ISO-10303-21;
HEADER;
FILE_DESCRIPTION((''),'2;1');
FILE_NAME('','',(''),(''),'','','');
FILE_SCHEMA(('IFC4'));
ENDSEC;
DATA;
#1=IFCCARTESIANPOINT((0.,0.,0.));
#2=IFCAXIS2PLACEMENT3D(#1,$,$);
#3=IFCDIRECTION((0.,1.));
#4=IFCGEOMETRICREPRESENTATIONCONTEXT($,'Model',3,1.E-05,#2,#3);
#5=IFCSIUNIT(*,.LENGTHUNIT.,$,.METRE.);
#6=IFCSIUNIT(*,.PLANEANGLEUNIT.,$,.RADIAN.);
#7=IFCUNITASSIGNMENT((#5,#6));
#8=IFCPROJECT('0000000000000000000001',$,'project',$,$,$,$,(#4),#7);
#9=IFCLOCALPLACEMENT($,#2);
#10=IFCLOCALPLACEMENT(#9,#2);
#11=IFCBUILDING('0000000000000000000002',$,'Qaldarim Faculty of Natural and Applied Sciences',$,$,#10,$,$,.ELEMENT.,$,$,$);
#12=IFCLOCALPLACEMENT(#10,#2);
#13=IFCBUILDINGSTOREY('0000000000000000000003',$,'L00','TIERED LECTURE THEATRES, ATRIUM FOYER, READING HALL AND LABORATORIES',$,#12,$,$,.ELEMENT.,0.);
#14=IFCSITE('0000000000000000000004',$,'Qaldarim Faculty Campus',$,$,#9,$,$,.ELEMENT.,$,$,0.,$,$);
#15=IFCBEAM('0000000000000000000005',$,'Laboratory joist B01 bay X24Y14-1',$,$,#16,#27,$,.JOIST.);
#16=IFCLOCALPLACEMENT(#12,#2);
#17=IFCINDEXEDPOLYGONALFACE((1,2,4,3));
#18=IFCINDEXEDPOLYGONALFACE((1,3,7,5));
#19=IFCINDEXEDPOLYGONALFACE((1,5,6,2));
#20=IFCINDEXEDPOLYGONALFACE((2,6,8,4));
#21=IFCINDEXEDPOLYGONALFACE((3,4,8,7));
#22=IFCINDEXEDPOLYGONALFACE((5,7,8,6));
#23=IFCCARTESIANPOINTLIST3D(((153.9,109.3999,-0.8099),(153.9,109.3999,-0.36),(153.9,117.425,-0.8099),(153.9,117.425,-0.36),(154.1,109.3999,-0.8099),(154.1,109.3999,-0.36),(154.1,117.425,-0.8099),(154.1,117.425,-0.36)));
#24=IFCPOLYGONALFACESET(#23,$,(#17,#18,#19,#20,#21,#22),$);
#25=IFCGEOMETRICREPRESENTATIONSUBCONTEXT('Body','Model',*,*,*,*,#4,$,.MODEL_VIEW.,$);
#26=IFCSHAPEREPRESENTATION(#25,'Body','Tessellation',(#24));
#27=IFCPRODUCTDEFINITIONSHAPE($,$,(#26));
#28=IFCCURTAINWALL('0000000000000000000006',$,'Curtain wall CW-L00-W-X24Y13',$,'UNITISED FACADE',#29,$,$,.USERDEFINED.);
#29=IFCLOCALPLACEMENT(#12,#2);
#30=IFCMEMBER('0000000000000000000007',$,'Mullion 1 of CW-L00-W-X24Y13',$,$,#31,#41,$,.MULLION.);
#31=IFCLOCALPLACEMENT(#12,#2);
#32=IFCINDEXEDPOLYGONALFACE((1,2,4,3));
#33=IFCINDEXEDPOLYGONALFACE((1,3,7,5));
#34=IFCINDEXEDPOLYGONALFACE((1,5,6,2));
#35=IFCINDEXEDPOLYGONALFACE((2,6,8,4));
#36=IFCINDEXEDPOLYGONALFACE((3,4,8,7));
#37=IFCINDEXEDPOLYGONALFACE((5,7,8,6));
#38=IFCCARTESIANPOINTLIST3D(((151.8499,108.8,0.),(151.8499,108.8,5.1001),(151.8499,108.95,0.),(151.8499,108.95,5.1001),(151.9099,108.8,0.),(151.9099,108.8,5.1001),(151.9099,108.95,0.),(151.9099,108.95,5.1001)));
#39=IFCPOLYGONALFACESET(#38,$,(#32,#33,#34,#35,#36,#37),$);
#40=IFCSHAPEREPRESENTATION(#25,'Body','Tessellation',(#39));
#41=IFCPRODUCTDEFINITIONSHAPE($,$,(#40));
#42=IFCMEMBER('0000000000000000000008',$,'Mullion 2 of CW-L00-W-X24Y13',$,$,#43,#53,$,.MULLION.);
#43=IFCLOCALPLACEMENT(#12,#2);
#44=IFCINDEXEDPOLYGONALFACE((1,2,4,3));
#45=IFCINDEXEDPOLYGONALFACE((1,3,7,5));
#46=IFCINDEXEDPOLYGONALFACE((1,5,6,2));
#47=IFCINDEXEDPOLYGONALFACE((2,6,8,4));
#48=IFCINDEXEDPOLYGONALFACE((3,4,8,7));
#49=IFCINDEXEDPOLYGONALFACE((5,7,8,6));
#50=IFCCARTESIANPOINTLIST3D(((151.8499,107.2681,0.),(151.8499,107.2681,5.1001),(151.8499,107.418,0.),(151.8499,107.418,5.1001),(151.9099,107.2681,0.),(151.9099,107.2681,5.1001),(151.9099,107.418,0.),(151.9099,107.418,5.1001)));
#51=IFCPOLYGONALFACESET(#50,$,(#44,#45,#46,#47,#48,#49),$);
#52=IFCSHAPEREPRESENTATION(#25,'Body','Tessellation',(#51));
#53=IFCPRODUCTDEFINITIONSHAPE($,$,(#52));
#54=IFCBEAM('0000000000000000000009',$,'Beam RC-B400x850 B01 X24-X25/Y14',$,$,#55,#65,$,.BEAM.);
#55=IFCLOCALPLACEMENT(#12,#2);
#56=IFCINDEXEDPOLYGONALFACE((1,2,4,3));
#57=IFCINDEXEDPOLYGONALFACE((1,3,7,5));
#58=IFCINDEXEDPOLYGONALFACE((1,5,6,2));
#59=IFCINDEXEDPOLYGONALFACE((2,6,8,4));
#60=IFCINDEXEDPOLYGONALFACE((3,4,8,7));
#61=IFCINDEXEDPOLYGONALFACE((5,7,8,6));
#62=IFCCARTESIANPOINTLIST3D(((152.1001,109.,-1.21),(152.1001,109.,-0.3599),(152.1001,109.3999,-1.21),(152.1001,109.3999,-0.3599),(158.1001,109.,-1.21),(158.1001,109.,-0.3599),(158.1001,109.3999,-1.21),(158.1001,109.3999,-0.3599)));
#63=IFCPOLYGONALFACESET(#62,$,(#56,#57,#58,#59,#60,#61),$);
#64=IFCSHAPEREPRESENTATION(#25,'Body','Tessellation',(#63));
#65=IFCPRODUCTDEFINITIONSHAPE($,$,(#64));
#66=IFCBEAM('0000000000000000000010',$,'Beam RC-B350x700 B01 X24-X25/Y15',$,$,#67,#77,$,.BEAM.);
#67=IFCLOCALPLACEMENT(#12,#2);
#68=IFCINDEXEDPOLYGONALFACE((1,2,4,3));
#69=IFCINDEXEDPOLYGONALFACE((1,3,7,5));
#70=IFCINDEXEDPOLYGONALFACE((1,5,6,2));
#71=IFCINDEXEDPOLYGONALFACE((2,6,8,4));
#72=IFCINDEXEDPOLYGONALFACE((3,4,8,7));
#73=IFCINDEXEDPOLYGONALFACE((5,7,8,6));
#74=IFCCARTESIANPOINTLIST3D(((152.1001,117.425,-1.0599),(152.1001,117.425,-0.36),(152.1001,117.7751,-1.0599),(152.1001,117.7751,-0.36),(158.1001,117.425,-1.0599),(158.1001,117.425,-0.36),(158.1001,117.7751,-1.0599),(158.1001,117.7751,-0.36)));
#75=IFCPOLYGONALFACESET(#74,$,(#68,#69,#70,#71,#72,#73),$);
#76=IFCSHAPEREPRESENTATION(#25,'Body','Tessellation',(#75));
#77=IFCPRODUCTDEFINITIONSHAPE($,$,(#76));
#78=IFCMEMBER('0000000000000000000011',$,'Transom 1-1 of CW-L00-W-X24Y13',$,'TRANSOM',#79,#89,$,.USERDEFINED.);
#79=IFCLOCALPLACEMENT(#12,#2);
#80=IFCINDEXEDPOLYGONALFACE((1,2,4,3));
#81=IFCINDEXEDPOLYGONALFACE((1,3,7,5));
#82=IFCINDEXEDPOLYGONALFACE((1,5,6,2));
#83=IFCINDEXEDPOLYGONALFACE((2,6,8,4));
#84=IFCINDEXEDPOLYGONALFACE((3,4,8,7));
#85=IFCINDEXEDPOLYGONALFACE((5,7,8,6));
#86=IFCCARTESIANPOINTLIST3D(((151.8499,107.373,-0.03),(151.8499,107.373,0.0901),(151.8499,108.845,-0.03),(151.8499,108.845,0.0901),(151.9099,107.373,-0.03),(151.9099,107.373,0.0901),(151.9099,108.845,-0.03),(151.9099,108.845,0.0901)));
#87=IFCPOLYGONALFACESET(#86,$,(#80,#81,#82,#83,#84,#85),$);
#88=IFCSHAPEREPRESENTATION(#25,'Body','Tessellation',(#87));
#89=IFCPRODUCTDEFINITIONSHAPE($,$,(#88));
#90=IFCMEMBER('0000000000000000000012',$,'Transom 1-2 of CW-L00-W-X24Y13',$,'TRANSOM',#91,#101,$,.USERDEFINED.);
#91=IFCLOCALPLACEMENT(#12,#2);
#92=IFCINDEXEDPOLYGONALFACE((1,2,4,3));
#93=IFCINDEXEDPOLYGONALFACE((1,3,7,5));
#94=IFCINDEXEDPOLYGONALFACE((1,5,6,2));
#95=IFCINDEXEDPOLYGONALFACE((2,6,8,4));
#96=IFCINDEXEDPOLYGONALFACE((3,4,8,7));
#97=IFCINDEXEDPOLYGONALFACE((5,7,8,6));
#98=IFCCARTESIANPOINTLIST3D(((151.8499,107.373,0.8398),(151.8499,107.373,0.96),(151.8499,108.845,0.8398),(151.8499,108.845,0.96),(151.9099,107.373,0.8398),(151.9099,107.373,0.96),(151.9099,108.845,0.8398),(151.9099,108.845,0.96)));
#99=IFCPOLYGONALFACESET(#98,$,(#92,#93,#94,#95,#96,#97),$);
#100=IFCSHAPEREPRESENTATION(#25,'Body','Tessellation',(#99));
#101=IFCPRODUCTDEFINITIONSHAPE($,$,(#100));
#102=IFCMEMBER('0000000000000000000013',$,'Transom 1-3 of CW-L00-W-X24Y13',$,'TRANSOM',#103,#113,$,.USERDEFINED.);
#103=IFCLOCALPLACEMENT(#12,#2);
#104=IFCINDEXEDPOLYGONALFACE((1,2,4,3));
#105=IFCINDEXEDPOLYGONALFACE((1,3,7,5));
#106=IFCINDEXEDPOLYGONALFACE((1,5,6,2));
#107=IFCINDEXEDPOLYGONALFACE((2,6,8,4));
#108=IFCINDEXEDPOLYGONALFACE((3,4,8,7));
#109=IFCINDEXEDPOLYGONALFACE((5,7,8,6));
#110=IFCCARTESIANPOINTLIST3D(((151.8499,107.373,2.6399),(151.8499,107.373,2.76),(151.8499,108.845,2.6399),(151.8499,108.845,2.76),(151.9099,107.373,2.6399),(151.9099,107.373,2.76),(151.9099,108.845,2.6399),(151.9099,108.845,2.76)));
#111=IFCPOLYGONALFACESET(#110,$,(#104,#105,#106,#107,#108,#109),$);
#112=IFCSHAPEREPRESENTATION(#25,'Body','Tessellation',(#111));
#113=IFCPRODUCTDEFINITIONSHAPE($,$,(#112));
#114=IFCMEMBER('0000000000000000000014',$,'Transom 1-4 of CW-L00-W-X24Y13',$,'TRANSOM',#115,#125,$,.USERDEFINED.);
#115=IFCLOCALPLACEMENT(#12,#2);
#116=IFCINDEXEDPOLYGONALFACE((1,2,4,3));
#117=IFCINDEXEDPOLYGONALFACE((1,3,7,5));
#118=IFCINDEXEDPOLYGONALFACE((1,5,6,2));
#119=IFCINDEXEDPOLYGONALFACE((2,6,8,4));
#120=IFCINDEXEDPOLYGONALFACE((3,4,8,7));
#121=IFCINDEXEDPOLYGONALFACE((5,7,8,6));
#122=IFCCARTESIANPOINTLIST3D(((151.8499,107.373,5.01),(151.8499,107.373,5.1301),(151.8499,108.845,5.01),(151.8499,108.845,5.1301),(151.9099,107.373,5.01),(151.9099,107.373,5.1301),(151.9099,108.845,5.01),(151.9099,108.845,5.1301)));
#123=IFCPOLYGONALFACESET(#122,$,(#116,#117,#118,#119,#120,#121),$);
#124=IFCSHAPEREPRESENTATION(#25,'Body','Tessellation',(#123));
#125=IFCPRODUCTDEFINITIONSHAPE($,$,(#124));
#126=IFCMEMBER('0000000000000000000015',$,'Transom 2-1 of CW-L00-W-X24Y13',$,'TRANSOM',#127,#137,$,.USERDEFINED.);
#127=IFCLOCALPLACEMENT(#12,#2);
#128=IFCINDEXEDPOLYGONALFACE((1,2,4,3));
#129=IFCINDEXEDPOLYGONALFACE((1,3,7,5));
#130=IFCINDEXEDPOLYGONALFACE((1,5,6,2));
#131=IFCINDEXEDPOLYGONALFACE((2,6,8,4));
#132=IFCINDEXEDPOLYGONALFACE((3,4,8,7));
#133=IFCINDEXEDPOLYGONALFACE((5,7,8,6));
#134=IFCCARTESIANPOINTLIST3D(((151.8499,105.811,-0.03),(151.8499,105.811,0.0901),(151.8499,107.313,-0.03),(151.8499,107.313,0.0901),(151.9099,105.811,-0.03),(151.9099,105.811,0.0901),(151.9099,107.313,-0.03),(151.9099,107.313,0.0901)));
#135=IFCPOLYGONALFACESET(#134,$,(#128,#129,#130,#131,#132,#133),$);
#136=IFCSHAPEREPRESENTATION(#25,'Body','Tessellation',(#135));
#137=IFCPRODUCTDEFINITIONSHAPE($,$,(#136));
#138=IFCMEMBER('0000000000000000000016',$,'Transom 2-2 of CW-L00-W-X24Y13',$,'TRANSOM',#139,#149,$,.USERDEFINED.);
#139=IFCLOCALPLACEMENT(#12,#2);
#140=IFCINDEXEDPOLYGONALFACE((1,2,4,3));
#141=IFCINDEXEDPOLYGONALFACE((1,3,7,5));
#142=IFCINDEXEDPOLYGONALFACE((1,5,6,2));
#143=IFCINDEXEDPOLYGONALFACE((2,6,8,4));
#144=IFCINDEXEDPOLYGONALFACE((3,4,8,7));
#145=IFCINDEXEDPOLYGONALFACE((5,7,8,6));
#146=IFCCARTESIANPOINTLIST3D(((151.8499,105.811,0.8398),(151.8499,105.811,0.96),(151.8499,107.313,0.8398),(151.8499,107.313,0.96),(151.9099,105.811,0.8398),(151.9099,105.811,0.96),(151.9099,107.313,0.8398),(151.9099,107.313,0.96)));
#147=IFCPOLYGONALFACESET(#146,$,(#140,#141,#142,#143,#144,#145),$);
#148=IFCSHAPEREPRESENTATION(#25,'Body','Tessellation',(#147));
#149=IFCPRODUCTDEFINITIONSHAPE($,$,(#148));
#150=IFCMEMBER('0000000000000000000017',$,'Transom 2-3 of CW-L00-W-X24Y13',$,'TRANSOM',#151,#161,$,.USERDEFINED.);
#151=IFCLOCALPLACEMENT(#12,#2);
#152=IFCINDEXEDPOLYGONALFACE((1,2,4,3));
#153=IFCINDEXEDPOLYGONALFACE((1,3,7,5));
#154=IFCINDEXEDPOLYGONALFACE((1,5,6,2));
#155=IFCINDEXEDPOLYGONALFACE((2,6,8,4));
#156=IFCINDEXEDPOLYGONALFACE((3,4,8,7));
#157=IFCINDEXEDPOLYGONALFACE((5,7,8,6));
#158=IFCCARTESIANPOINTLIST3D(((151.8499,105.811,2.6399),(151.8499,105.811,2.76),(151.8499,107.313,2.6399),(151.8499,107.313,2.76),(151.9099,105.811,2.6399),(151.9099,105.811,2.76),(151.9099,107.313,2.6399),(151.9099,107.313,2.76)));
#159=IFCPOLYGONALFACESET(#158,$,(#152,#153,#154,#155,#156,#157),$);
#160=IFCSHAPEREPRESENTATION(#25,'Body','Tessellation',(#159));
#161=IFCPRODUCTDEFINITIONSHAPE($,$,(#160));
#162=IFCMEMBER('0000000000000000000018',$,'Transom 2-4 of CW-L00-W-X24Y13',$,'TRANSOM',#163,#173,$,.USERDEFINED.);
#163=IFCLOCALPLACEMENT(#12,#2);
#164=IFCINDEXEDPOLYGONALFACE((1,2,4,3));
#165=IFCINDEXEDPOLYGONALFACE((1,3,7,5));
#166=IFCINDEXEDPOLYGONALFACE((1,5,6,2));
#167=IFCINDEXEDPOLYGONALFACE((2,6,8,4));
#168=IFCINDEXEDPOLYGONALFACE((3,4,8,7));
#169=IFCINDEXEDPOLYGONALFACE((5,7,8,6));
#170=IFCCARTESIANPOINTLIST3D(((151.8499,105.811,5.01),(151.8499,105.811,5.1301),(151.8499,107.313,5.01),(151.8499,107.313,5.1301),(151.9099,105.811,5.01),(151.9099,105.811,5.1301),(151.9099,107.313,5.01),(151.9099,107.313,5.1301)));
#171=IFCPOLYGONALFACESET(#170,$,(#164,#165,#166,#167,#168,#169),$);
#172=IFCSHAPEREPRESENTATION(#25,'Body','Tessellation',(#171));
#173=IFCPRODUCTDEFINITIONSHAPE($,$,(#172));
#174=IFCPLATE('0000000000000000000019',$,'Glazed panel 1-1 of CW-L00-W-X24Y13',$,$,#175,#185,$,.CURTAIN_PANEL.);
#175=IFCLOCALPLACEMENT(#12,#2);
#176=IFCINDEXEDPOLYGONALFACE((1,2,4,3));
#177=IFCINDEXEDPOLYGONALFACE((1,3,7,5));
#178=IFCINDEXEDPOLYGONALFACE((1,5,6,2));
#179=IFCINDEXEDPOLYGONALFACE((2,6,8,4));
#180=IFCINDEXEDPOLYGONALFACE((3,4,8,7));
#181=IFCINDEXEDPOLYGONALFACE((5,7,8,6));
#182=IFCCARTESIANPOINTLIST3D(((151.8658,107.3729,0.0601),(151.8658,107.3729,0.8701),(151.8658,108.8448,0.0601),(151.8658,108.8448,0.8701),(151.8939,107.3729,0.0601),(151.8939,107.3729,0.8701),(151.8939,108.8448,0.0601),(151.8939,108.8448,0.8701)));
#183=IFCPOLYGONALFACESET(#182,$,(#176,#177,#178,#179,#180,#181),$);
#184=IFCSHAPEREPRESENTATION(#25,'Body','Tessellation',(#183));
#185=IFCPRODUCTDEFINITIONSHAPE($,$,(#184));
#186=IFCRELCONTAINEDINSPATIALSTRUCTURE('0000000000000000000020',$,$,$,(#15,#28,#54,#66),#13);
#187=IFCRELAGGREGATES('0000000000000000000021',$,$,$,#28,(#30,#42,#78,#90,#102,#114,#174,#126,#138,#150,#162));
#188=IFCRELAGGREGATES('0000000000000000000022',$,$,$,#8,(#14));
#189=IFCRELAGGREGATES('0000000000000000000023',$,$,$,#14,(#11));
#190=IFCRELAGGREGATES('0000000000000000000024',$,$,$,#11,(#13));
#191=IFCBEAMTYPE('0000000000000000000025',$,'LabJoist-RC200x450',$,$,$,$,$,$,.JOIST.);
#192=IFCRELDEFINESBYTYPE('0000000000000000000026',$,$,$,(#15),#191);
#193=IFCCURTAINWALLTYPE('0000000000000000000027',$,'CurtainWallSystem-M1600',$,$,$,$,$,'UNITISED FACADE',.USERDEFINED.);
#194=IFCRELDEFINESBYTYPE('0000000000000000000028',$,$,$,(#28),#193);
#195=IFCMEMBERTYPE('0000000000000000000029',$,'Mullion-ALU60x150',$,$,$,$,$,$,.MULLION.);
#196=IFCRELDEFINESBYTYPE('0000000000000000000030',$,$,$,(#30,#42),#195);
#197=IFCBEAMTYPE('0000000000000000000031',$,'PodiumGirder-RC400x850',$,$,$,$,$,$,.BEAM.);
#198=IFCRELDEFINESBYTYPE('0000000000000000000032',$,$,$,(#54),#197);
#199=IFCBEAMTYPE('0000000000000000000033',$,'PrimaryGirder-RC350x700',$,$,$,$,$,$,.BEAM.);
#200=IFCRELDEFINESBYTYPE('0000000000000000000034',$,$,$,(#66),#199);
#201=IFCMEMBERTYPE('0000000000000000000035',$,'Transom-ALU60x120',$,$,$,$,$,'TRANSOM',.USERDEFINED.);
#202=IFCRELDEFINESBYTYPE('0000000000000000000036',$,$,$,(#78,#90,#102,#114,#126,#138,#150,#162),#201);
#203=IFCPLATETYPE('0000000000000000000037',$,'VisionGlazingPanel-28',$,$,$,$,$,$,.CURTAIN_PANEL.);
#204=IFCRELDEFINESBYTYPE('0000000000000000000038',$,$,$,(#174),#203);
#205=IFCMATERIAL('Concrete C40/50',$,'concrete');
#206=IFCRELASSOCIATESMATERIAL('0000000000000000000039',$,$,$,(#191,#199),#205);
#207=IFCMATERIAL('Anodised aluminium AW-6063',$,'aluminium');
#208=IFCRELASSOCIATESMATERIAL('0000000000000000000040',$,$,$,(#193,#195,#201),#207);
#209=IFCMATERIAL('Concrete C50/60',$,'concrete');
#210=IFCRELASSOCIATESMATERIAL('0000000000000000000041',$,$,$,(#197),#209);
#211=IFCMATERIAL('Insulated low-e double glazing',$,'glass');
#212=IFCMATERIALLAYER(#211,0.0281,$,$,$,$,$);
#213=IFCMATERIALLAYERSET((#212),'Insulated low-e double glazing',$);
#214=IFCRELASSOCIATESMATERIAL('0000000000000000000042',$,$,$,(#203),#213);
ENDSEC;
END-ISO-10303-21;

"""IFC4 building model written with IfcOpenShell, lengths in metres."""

from ifc_helpers import new_model, si_unit, direction, frame, origin, origin_2d, place, context, subcontext, project, spatial, rectangle, extrude, material, layer, layer_set, material_profile, profile_set, type_object, element, aggregate, save


model = new_model("IFC4")

# Units and contexts
model_context = context("Model", 3, precision=1e-05, world=origin(), true_north=direction((0.0, 1.0)))
body_context = subcontext(model_context, "Body", "Model", "MODEL_VIEW")
ifc_project = project(units=[si_unit("LENGTHUNIT", "METRE"), si_unit("PLANEANGLEUNIT", "RADIAN")], contexts=[model_context])

# Site, building, storey
site_placement = place(None, origin())
site = spatial("IfcSite", under=ifc_project, at=site_placement, Name="Qaldarim Faculty Campus", CompositionType="ELEMENT", RefElevation=0.0)
building_placement = place(site_placement, origin())
building = spatial("IfcBuilding", under=site, at=building_placement, Name="Qaldarim Faculty of Natural and Applied Sciences", CompositionType="ELEMENT")
storey_placement = place(building_placement, origin())
storey = spatial("IfcBuildingStorey", under=building, at=storey_placement, Name="L00", Description="TIERED LECTURE THEATRES, ATRIUM FOYER, READING HALL AND LABORATORIES", CompositionType="ELEMENT", Elevation=0.0)

# Beam
ifc_material_1 = material(Name="Concrete C40/50", Category="concrete")
ifc_material_profile_1 = material_profile(ifc_material_1, rectangle(XDim=0.2, YDim=0.45, at=origin_2d()), Name="RC-J200x450")
ifc_profile_set_1 = profile_set([ifc_material_profile_1], Name="Concrete C40/50")
beam_type_1 = type_object("IfcBeamType", Name="LabJoist-RC200x450", PredefinedType="JOIST", material=ifc_profile_set_1)
beam_1_placement = place(storey_placement, frame((154.0, 109.3999, -0.585), z_axis=(0.0, 1.0, 0.0), x_axis=(-1.0, 0.0, 0.0)))
element("IfcBeam", 1, at=beam_1_placement, inside=storey, type_object=beam_type_1, Name="Laboratory joist B01 bay X24Y14-1", PredefinedType="JOIST", context=body_context, shape_type="SweptSolid", body=[
    extrude(rectangle(XDim=0.2, YDim=0.45, at=origin_2d()), origin(), (0.0, 0.0, 1.0), 8.0251),
])

# Curtain wall, members
ifc_material_2 = material(Name="Anodised aluminium AW-6063", Category="aluminium")
curtain_wall_type = type_object("IfcCurtainWallType", Name="CurtainWallSystem-M1600", ElementType="UNITISED FACADE", PredefinedType="USERDEFINED", material=ifc_material_2)
curtain_wall_placement = place(storey_placement, origin())
curtain_wall = element("IfcCurtainWall", 2, at=curtain_wall_placement, inside=storey, type_object=curtain_wall_type, Name="Curtain wall CW-L00-W-X24Y13", ObjectType="UNITISED FACADE", PredefinedType="USERDEFINED")
ifc_material_profile_2 = material_profile(ifc_material_2, rectangle(XDim=0.0601, YDim=0.1499, at=origin_2d()), Name="ALU-M60x150")
ifc_profile_set_2 = profile_set([ifc_material_profile_2], Name="Anodised aluminium AW-6063")
member_type_1 = type_object("IfcMemberType", Name="Mullion-ALU60x150", PredefinedType="MULLION", material=ifc_profile_set_2)
member_1_placement = place(storey_placement, frame((151.8799, 108.875, 0.0), z_axis=(0.0, 0.0, 1.0), x_axis=(1.0, 0.0, 0.0)))
member_1 = element("IfcMember", 3, at=member_1_placement, type_object=member_type_1, Name="Mullion 1 of CW-L00-W-X24Y13", PredefinedType="MULLION", context=body_context, shape_type="SweptSolid", body=[
    extrude(rectangle(XDim=0.0601, YDim=0.1499, at=origin_2d()), origin(), (0.0, 0.0, 1.0), 5.1001),
])
member_2_placement = place(storey_placement, frame((151.8799, 107.343, 0.0), z_axis=(0.0, 0.0, 1.0), x_axis=(1.0, 0.0, 0.0)))
member_2 = element("IfcMember", 4, at=member_2_placement, type_object=member_type_1, Name="Mullion 2 of CW-L00-W-X24Y13", PredefinedType="MULLION", context=body_context, shape_type="SweptSolid", body=[
    extrude(rectangle(XDim=0.0601, YDim=0.1499, at=origin_2d()), origin(), (0.0, 0.0, 1.0), 5.1001),
])

# Beams
ifc_material_3 = material(Name="Concrete C50/60", Category="concrete")
ifc_material_profile_3 = material_profile(ifc_material_3, rectangle(XDim=0.3999, YDim=0.8501, at=origin_2d()), Name="RC-B400x850")
ifc_profile_set_3 = profile_set([ifc_material_profile_3], Name="Concrete C50/60")
beam_type_2 = type_object("IfcBeamType", Name="PodiumGirder-RC400x850", PredefinedType="BEAM", material=ifc_profile_set_3)
beam_2_placement = place(storey_placement, frame((152.1001, 109.2, -0.7849), z_axis=(1.0, 0.0, 0.0), x_axis=(0.0, 1.0, 0.0)))
element("IfcBeam", 5, at=beam_2_placement, inside=storey, type_object=beam_type_2, Name="Beam RC-B400x850 B01 X24-X25/Y14", PredefinedType="BEAM", context=body_context, shape_type="SweptSolid", body=[
    extrude(rectangle(XDim=0.3999, YDim=0.8501, at=origin_2d()), origin(), (0.0, 0.0, 1.0), 6.0),
])
ifc_material_profile_4 = material_profile(ifc_material_1, rectangle(XDim=0.3501, YDim=0.7, at=origin_2d()), Name="RC-B350x700")
ifc_profile_set_4 = profile_set([ifc_material_profile_4], Name="Concrete C40/50")
beam_type_3 = type_object("IfcBeamType", Name="PrimaryGirder-RC350x700", PredefinedType="BEAM", material=ifc_profile_set_4)
beam_3_placement = place(storey_placement, frame((152.1001, 117.6001, -0.71), z_axis=(1.0, 0.0, 0.0), x_axis=(0.0, 1.0, 0.0)))
element("IfcBeam", 6, at=beam_3_placement, inside=storey, type_object=beam_type_3, Name="Beam RC-B350x700 B01 X24-X25/Y15", PredefinedType="BEAM", context=body_context, shape_type="SweptSolid", body=[
    extrude(rectangle(XDim=0.3501, YDim=0.7, at=origin_2d()), origin(), (0.0, 0.0, 1.0), 6.0),
])

# Members
ifc_material_profile_5 = material_profile(ifc_material_2, rectangle(XDim=0.0601, YDim=0.1201, at=origin_2d()), Name="ALU-T60x120")
ifc_profile_set_5 = profile_set([ifc_material_profile_5], Name="Anodised aluminium AW-6063")
member_type_2 = type_object("IfcMemberType", Name="Transom-ALU60x120", ElementType="TRANSOM", PredefinedType="USERDEFINED", material=ifc_profile_set_5)
member_3_placement = place(storey_placement, frame((151.8799, 108.845, 0.03), z_axis=(0.0, -1.0, 0.0), x_axis=(1.0, 0.0, 0.0)))
member_3 = element("IfcMember", 7, at=member_3_placement, type_object=member_type_2, Name="Transom 1-1 of CW-L00-W-X24Y13", ObjectType="TRANSOM", PredefinedType="USERDEFINED", context=body_context, shape_type="SweptSolid", body=[
    extrude(rectangle(XDim=0.0601, YDim=0.1201, at=origin_2d()), origin(), (0.0, 0.0, 1.0), 1.4719),
])
member_4_placement = place(storey_placement, frame((151.8799, 108.845, 0.8999), z_axis=(0.0, -1.0, 0.0), x_axis=(1.0, 0.0, 0.0)))
member_4 = element("IfcMember", 8, at=member_4_placement, type_object=member_type_2, Name="Transom 1-2 of CW-L00-W-X24Y13", ObjectType="TRANSOM", PredefinedType="USERDEFINED", context=body_context, shape_type="SweptSolid", body=[
    extrude(rectangle(XDim=0.0601, YDim=0.1201, at=origin_2d()), origin(), (0.0, 0.0, 1.0), 1.4719),
])
member_5_placement = place(storey_placement, frame((151.8799, 108.845, 2.7), z_axis=(0.0, -1.0, 0.0), x_axis=(1.0, 0.0, 0.0)))
member_5 = element("IfcMember", 9, at=member_5_placement, type_object=member_type_2, Name="Transom 1-3 of CW-L00-W-X24Y13", ObjectType="TRANSOM", PredefinedType="USERDEFINED", context=body_context, shape_type="SweptSolid", body=[
    extrude(rectangle(XDim=0.0601, YDim=0.1201, at=origin_2d()), origin(), (0.0, 0.0, 1.0), 1.4719),
])
member_6_placement = place(storey_placement, frame((151.8799, 108.845, 5.0701), z_axis=(0.0, -1.0, 0.0), x_axis=(1.0, 0.0, 0.0)))
member_6 = element("IfcMember", 10, at=member_6_placement, type_object=member_type_2, Name="Transom 1-4 of CW-L00-W-X24Y13", ObjectType="TRANSOM", PredefinedType="USERDEFINED", context=body_context, shape_type="SweptSolid", body=[
    extrude(rectangle(XDim=0.0601, YDim=0.1201, at=origin_2d()), origin(), (0.0, 0.0, 1.0), 1.4719),
])
member_7_placement = place(storey_placement, frame((151.8799, 107.313, 0.03), z_axis=(0.0, -1.0, 0.0), x_axis=(1.0, 0.0, 0.0)))
member_7 = element("IfcMember", 11, at=member_7_placement, type_object=member_type_2, Name="Transom 2-1 of CW-L00-W-X24Y13", ObjectType="TRANSOM", PredefinedType="USERDEFINED", context=body_context, shape_type="SweptSolid", body=[
    extrude(rectangle(XDim=0.0601, YDim=0.1201, at=origin_2d()), origin(), (0.0, 0.0, 1.0), 1.502),
])
member_8_placement = place(storey_placement, frame((151.8799, 107.313, 0.8999), z_axis=(0.0, -1.0, 0.0), x_axis=(1.0, 0.0, 0.0)))
member_8 = element("IfcMember", 12, at=member_8_placement, type_object=member_type_2, Name="Transom 2-2 of CW-L00-W-X24Y13", ObjectType="TRANSOM", PredefinedType="USERDEFINED", context=body_context, shape_type="SweptSolid", body=[
    extrude(rectangle(XDim=0.0601, YDim=0.1201, at=origin_2d()), origin(), (0.0, 0.0, 1.0), 1.502),
])
member_9_placement = place(storey_placement, frame((151.8799, 107.313, 2.7), z_axis=(0.0, -1.0, 0.0), x_axis=(1.0, 0.0, 0.0)))
member_9 = element("IfcMember", 13, at=member_9_placement, type_object=member_type_2, Name="Transom 2-3 of CW-L00-W-X24Y13", ObjectType="TRANSOM", PredefinedType="USERDEFINED", context=body_context, shape_type="SweptSolid", body=[
    extrude(rectangle(XDim=0.0601, YDim=0.1201, at=origin_2d()), origin(), (0.0, 0.0, 1.0), 1.502),
])
member_10_placement = place(storey_placement, frame((151.8799, 107.313, 5.0701), z_axis=(0.0, -1.0, 0.0), x_axis=(1.0, 0.0, 0.0)))
member_10 = element("IfcMember", 14, at=member_10_placement, type_object=member_type_2, Name="Transom 2-4 of CW-L00-W-X24Y13", ObjectType="TRANSOM", PredefinedType="USERDEFINED", context=body_context, shape_type="SweptSolid", body=[
    extrude(rectangle(XDim=0.0601, YDim=0.1201, at=origin_2d()), origin(), (0.0, 0.0, 1.0), 1.502),
])

# Plate
ifc_material_4 = material(Name="Insulated low-e double glazing", Category="glass")
ifc_layer_1 = layer(ifc_material_4, 0.0281)
ifc_layer_set_1 = layer_set([ifc_layer_1], Name="Insulated low-e double glazing")
plate_type = type_object("IfcPlateType", Name="VisionGlazingPanel-28", PredefinedType="CURTAIN_PANEL", material=ifc_layer_set_1)
plate_1_placement = place(storey_placement, frame((151.8799, 108.1089, 0.0601), z_axis=(0.0, 0.0, 1.0), x_axis=(0.0, -1.0, 0.0)))
plate_1 = element("IfcPlate", 15, at=plate_1_placement, type_object=plate_type, Name="Glazed panel 1-1 of CW-L00-W-X24Y13", PredefinedType="CURTAIN_PANEL", context=body_context, shape_type="SweptSolid", body=[
    extrude(rectangle(XDim=1.4719, YDim=0.0281, at=origin_2d()), origin(), (0.0, 0.0, 1.0), 0.8101),
])
aggregate(curtain_wall, [member_1, member_2, member_3, member_4, member_5, member_6, plate_1, member_7, member_8, member_9, member_10])

save(model, "model.ifc")
